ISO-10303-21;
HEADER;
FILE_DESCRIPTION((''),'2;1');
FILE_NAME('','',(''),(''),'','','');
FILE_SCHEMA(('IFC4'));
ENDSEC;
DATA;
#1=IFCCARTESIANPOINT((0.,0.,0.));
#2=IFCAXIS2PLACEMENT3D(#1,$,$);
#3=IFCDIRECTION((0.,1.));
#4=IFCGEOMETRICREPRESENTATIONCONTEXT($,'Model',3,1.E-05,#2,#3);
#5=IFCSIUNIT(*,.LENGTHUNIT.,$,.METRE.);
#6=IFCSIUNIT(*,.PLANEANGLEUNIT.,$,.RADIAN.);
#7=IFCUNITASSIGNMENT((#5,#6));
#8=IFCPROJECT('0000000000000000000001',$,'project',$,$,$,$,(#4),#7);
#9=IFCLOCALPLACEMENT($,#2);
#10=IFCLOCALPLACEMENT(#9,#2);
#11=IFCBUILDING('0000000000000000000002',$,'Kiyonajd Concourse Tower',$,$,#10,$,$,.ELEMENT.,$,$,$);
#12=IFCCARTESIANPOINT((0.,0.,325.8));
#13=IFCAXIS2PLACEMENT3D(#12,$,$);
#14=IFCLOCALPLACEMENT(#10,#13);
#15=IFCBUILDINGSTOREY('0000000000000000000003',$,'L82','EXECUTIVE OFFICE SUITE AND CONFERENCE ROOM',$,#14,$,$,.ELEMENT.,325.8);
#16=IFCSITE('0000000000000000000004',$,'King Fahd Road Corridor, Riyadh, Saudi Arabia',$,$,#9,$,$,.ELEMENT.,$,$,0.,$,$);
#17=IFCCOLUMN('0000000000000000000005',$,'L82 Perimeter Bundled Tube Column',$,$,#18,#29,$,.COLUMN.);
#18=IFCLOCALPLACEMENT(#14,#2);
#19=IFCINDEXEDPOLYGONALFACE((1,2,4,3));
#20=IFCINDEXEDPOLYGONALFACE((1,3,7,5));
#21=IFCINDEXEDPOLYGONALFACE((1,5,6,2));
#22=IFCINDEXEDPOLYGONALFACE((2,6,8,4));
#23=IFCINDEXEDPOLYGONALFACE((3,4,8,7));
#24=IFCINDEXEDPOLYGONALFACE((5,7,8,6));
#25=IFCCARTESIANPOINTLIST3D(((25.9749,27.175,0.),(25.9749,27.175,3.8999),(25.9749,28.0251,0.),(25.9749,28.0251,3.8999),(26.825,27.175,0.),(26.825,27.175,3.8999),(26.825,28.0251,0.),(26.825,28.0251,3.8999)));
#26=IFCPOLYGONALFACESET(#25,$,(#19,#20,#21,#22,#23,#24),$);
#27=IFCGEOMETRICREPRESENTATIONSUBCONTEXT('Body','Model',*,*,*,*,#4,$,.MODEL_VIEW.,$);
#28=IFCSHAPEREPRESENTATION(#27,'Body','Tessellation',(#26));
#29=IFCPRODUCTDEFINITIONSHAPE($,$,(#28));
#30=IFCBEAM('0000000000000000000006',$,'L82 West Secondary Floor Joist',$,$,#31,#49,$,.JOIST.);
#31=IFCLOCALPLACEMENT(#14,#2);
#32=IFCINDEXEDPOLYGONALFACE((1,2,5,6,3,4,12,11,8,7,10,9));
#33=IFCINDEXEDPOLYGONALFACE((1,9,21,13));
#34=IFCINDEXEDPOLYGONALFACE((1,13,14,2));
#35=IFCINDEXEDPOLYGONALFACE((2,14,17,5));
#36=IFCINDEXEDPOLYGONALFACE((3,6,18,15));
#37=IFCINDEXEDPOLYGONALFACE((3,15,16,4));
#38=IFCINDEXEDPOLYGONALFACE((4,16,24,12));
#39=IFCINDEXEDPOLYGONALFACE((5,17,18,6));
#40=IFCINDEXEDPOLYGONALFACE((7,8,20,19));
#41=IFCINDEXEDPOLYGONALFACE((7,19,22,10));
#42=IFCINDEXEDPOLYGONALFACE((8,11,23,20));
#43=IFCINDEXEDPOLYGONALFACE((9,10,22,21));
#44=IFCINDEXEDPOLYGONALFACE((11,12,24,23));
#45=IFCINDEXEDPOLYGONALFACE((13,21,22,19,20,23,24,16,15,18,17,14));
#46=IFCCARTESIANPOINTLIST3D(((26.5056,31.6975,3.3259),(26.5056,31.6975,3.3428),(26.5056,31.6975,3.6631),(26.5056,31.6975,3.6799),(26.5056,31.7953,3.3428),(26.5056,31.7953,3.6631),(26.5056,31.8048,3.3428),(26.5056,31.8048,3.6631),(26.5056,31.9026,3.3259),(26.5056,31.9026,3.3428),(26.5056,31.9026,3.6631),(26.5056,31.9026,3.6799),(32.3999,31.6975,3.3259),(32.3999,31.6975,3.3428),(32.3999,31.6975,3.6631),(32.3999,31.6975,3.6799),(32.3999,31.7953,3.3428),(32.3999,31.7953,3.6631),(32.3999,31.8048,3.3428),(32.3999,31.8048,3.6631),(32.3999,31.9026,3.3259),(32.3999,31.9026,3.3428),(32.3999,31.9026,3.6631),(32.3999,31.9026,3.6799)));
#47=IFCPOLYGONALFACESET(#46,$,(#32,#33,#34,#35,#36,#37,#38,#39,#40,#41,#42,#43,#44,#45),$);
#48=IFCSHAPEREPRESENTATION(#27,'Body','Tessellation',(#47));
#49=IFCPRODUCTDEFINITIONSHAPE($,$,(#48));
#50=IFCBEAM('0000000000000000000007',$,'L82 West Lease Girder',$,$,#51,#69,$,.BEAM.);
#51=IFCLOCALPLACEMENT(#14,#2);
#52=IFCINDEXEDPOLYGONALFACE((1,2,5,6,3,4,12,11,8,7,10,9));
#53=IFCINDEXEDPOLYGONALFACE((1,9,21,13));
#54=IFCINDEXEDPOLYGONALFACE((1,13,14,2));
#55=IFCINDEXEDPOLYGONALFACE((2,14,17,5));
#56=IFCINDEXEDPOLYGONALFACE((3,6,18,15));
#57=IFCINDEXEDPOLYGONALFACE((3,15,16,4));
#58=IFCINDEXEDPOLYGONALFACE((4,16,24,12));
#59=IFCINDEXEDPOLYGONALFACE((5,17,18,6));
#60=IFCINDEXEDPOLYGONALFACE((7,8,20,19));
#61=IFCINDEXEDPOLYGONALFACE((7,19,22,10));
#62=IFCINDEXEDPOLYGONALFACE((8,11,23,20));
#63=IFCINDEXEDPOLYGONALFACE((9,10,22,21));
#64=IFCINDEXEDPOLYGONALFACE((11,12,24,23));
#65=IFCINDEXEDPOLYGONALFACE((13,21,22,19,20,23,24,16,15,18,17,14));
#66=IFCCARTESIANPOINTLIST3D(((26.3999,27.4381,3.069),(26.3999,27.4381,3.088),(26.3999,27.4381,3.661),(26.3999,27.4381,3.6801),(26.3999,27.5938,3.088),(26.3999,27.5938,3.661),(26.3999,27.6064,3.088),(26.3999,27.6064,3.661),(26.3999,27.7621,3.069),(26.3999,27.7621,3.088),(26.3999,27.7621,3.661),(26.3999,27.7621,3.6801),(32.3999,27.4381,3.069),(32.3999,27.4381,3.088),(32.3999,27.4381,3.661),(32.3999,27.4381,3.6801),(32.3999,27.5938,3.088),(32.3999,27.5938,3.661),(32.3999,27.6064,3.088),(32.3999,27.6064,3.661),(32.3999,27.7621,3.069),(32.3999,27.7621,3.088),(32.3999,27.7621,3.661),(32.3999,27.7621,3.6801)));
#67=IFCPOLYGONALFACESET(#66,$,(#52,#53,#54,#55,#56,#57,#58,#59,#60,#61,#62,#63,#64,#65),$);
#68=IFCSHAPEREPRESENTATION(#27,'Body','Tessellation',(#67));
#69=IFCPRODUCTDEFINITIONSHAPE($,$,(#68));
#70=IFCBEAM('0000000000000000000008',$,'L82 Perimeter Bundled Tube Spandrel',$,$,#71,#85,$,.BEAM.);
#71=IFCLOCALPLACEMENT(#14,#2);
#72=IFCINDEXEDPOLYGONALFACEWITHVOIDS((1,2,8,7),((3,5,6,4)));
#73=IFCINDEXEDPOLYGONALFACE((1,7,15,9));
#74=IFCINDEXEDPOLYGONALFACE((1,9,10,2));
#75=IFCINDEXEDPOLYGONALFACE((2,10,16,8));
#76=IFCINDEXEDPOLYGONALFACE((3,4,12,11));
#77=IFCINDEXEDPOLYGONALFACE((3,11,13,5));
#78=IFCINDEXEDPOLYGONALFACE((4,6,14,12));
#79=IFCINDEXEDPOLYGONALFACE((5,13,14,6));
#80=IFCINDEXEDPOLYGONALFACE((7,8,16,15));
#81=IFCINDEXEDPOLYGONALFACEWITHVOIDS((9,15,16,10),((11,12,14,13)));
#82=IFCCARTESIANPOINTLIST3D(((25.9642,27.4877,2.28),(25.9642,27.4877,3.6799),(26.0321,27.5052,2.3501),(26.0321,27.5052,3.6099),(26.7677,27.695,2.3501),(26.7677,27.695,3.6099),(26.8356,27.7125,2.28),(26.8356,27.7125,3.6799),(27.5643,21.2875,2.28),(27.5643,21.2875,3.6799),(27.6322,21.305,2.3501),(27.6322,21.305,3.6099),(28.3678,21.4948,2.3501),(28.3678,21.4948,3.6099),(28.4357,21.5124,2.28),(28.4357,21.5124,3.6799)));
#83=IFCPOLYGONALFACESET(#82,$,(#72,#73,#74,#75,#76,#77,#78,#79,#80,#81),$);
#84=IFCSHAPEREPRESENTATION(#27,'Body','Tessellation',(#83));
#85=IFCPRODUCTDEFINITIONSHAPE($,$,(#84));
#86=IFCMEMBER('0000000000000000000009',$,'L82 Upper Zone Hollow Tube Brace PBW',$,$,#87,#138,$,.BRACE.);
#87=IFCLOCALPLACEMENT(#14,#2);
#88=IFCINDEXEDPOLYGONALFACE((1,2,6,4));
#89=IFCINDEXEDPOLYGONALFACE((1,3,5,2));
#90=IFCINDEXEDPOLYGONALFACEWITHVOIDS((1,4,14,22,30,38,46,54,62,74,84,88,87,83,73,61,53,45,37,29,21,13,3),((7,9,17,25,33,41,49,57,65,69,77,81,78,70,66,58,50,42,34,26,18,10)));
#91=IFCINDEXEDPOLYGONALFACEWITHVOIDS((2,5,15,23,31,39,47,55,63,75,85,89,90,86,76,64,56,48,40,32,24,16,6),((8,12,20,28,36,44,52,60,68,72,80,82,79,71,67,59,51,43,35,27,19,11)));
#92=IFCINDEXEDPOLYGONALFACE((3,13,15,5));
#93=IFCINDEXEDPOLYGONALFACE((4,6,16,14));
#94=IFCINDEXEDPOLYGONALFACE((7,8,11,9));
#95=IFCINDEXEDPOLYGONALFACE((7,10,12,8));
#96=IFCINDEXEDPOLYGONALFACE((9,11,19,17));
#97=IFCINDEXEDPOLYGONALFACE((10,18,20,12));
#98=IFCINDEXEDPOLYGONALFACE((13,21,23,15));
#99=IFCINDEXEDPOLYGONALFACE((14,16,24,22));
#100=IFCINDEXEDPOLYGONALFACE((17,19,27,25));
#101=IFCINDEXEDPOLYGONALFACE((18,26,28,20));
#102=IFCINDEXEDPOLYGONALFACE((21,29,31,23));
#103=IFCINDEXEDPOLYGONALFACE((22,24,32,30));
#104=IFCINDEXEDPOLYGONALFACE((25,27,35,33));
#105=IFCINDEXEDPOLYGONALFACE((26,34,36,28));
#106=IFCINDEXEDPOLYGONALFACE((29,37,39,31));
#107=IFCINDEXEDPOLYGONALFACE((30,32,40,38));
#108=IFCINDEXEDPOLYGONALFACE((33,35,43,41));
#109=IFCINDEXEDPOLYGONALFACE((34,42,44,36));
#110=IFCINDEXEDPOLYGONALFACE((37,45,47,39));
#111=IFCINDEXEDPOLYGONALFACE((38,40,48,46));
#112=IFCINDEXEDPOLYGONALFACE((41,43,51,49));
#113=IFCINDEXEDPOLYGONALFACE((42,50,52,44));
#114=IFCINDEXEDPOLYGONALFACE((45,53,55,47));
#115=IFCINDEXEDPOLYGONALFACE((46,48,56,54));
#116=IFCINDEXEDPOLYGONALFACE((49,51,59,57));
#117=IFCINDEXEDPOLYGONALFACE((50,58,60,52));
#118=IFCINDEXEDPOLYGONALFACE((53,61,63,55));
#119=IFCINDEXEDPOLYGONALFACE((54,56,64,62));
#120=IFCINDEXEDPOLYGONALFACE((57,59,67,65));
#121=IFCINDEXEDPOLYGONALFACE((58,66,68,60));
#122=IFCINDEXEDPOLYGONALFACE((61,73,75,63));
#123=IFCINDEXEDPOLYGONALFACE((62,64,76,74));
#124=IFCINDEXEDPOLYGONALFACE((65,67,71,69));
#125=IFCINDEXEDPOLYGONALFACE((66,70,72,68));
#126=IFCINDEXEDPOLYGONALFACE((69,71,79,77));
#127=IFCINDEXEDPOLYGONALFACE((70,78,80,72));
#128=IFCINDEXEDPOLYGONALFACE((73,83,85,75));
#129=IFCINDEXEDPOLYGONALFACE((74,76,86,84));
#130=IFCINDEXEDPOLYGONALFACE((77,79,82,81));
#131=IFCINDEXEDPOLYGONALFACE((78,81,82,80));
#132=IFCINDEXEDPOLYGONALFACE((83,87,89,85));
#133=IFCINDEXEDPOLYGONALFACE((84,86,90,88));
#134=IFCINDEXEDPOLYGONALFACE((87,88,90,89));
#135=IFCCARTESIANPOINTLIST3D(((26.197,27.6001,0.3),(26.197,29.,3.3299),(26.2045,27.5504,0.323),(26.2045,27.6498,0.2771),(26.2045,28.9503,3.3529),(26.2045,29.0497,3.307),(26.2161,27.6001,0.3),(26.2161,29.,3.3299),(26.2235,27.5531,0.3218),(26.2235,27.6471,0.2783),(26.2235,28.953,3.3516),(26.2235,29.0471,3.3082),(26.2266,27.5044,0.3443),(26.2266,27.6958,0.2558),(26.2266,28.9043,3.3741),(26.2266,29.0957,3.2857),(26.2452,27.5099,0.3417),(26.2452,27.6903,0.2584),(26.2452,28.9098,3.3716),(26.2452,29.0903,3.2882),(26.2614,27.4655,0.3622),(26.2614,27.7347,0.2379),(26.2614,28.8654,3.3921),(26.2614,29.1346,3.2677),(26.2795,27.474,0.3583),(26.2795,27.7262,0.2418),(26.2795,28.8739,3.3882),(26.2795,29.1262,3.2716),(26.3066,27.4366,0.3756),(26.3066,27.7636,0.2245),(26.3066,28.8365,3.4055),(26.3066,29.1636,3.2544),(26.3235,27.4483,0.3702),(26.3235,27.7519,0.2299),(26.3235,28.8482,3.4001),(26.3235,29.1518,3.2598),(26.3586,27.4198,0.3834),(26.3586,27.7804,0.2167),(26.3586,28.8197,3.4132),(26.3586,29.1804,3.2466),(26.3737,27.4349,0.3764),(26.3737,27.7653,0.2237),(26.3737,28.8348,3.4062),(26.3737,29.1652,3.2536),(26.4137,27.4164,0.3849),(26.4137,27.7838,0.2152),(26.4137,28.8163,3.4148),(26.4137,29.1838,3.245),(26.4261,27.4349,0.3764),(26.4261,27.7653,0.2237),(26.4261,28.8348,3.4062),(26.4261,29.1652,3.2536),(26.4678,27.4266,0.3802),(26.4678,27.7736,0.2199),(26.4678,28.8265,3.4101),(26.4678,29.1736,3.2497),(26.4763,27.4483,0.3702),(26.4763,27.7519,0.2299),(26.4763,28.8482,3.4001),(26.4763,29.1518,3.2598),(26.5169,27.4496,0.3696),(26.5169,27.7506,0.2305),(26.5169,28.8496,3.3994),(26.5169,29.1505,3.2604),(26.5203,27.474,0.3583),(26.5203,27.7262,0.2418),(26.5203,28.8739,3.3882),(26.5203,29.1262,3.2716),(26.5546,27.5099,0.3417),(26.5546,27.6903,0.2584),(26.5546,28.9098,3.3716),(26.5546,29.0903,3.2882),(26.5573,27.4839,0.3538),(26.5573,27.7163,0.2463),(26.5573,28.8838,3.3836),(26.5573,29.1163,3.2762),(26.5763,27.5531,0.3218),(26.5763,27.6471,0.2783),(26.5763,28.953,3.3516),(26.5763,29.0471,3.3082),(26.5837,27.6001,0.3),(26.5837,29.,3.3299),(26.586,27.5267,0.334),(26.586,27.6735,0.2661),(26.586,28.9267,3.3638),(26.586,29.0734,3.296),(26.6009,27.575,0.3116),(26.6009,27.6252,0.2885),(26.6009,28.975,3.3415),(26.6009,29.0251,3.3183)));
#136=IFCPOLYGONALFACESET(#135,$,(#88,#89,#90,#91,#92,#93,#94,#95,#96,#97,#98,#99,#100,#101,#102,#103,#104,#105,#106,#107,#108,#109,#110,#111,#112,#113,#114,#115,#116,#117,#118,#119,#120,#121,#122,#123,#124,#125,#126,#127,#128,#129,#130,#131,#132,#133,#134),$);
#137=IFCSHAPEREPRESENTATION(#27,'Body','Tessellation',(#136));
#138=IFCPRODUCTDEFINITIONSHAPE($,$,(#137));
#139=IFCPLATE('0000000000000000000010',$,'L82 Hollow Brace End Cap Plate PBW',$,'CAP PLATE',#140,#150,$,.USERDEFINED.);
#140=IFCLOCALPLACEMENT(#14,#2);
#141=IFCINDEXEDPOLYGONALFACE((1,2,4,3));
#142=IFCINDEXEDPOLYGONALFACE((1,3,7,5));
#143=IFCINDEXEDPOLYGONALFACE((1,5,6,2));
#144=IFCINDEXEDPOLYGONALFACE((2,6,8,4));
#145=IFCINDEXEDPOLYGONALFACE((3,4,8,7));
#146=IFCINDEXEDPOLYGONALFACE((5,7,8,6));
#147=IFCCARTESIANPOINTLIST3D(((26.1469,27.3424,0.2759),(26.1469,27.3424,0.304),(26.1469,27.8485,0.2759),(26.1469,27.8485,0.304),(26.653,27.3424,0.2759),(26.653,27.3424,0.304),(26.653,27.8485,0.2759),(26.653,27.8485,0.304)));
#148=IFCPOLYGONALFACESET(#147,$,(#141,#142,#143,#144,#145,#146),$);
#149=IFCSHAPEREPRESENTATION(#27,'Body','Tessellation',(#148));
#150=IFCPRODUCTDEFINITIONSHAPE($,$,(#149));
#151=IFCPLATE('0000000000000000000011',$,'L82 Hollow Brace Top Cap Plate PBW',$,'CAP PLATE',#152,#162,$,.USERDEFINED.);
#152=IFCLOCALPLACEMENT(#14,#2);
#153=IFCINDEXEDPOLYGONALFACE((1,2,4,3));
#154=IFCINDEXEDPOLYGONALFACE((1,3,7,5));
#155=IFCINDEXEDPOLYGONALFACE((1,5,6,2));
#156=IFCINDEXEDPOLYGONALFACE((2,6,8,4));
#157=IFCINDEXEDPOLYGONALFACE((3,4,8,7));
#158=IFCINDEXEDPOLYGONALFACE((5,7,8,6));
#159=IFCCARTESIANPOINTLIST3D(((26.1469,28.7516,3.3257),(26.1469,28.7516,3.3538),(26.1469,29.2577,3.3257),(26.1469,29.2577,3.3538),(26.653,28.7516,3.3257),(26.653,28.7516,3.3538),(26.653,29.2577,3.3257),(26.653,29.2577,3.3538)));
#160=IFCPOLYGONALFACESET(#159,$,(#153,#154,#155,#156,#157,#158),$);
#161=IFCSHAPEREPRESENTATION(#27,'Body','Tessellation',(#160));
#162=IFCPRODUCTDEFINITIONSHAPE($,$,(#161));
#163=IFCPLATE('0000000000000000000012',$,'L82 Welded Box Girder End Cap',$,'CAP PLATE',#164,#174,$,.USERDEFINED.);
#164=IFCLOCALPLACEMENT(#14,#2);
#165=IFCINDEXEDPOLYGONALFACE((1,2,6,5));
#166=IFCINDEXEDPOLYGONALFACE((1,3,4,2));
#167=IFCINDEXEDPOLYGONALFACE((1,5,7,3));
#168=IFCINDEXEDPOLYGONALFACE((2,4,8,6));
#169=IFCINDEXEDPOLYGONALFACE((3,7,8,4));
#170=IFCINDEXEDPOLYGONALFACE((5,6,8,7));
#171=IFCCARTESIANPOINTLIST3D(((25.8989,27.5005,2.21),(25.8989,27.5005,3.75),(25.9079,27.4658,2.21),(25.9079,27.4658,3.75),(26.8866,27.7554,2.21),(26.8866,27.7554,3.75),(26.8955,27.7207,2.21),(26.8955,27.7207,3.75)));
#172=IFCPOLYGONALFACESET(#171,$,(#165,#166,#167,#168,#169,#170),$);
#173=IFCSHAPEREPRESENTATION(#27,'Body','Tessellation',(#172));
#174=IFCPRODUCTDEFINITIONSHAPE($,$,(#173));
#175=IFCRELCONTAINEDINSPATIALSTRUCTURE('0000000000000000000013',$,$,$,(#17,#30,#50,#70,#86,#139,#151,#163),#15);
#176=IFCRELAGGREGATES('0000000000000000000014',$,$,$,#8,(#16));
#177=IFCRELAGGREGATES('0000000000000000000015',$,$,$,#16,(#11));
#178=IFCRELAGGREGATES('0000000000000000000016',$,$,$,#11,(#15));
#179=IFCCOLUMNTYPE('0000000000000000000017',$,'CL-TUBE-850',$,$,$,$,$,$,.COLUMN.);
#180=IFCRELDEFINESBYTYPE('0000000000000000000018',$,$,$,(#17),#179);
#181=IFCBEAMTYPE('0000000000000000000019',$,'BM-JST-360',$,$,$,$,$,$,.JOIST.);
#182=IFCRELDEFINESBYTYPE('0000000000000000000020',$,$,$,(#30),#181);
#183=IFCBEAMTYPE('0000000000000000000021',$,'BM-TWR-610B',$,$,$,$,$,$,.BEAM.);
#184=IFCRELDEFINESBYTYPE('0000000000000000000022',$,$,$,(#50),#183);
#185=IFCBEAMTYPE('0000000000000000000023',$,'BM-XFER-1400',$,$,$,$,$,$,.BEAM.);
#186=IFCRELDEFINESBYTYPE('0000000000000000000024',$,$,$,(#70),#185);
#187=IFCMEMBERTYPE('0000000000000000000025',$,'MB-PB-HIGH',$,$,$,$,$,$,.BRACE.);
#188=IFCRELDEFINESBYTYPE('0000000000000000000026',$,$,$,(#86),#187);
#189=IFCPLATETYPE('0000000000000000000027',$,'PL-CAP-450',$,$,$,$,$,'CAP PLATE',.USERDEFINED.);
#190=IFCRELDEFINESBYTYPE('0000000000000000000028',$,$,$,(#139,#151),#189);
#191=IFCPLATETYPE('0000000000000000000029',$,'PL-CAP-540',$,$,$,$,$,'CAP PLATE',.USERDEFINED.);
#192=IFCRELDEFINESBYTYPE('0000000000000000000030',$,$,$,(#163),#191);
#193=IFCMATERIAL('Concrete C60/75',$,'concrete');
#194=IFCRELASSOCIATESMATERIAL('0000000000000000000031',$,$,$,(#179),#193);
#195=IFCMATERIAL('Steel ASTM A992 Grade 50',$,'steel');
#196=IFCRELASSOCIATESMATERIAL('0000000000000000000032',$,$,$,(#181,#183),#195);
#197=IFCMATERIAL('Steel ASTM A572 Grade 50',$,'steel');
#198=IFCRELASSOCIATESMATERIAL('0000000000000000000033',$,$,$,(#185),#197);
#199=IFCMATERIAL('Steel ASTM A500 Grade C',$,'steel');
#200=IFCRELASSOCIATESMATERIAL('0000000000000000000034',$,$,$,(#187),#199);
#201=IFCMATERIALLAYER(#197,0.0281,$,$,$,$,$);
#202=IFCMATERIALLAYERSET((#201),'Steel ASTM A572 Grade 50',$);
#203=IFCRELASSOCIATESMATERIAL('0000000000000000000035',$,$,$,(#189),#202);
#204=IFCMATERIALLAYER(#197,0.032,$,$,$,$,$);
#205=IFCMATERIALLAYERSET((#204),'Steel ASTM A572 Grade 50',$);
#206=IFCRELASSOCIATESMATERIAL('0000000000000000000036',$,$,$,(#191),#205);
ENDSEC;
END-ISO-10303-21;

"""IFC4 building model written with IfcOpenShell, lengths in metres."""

from ifc_helpers import new_model, si_unit, direction, frame, origin, origin_2d, place, context, subcontext, project, spatial, rectangle, hollow_rectangle, hollow_circle, i_section, extrude, material, layer, layer_set, material_profile, profile_set, type_object, element, save


model = new_model("IFC4")

# Units and contexts
model_context = context("Model", 3, precision=1e-05, world=origin(), true_north=direction((0.0, 1.0)))
body_context = subcontext(model_context, "Body", "Model", "MODEL_VIEW")
ifc_project = project(units=[si_unit("LENGTHUNIT", "METRE"), si_unit("PLANEANGLEUNIT", "RADIAN")], contexts=[model_context])

# Site, building, storey
site_placement = place(None, origin())
site = spatial("IfcSite", under=ifc_project, at=site_placement, Name="King Fahd Road Corridor, Riyadh, Saudi Arabia", CompositionType="ELEMENT", RefElevation=0.0)
building_placement = place(site_placement, origin())
building = spatial("IfcBuilding", under=site, at=building_placement, Name="Kiyonajd Concourse Tower", CompositionType="ELEMENT")
storey_placement = place(building_placement, frame((0.0, 0.0, 325.8)))
storey = spatial("IfcBuildingStorey", under=building, at=storey_placement, Name="L82", Description="EXECUTIVE OFFICE SUITE AND CONFERENCE ROOM", CompositionType="ELEMENT", Elevation=325.8)

# Column
ifc_material_1 = material(Name="Concrete C60/75", Category="concrete")
ifc_material_profile_1 = material_profile(ifc_material_1, rectangle(XDim=0.8501, YDim=0.8501, at=origin_2d()), Name="RC-850x850")
ifc_profile_set_1 = profile_set([ifc_material_profile_1], Name="Concrete C60/75")
column_type = type_object("IfcColumnType", Name="CL-TUBE-850", PredefinedType="COLUMN", material=ifc_profile_set_1)
column_placement = place(storey_placement, frame((26.3999, 27.6001, 0.0), z_axis=(0.0, 0.0, 1.0), x_axis=(1.0, 0.0, 0.0)))
element("IfcColumn", 1, at=column_placement, inside=storey, type_object=column_type, Name="L82 Perimeter Bundled Tube Column", PredefinedType="COLUMN", context=body_context, shape_type="SweptSolid", body=[
    extrude(rectangle(XDim=0.8501, YDim=0.8501, at=origin_2d()), origin(), (0.0, 0.0, 1.0), 3.8999),
])

# Beams
ifc_material_2 = material(Name="Steel ASTM A992 Grade 50", Category="steel")
ifc_material_profile_2 = material_profile(ifc_material_2, i_section(OverallWidth=0.2051, OverallDepth=0.354, WebThickness=0.0095, FlangeThickness=0.0168, at=origin_2d()), Name="W360X79")
ifc_profile_set_2 = profile_set([ifc_material_profile_2], Name="Steel ASTM A992 Grade 50")
beam_type_1 = type_object("IfcBeamType", Name="BM-JST-360", PredefinedType="JOIST", material=ifc_profile_set_2)
beam_1_placement = place(storey_placement, frame((26.5056, 31.8, 3.5029), z_axis=(1.0, 0.0, 0.0), x_axis=(0.0, 1.0, 0.0)))
element("IfcBeam", 2, at=beam_1_placement, inside=storey, type_object=beam_type_1, Name="L82 West Secondary Floor Joist", PredefinedType="JOIST", context=body_context, shape_type="SweptSolid", body=[
    extrude(i_section(OverallWidth=0.2051, OverallDepth=0.354, WebThickness=0.0095, FlangeThickness=0.0168, at=origin_2d()), origin(), (0.0, 0.0, 1.0), 5.8943),
])
ifc_material_profile_3 = material_profile(ifc_material_2, i_section(OverallWidth=0.324, OverallDepth=0.6111, WebThickness=0.0127, FlangeThickness=0.019, at=origin_2d()), Name="W610X155")
ifc_profile_set_3 = profile_set([ifc_material_profile_3], Name="Steel ASTM A992 Grade 50")
beam_type_2 = type_object("IfcBeamType", Name="BM-TWR-610B", PredefinedType="BEAM", material=ifc_profile_set_3)
beam_2_placement = place(storey_placement, frame((26.3999, 27.6001, 3.3745), z_axis=(1.0, 0.0, 0.0), x_axis=(0.0, 1.0, 0.0)))
element("IfcBeam", 3, at=beam_2_placement, inside=storey, type_object=beam_type_2, Name="L82 West Lease Girder", PredefinedType="BEAM", context=body_context, shape_type="SweptSolid", body=[
    extrude(i_section(OverallWidth=0.324, OverallDepth=0.6111, WebThickness=0.0127, FlangeThickness=0.019, at=origin_2d()), origin(), (0.0, 0.0, 1.0), 6.0),
])
ifc_material_3 = material(Name="Steel ASTM A572 Grade 50", Category="steel")
ifc_material_profile_4 = material_profile(ifc_material_3, hollow_rectangle(XDim=0.8999, YDim=1.3999, WallThickness=0.0701, at=origin_2d()), Name="BOX-1400x900x70")
ifc_profile_set_4 = profile_set([ifc_material_profile_4], Name="Steel ASTM A572 Grade 50")
beam_type_3 = type_object("IfcBeamType", Name="BM-XFER-1400", PredefinedType="BEAM", material=ifc_profile_set_4)
beam_3_placement = place(storey_placement, frame((26.3999, 27.6001, 2.98), z_axis=(0.249885, -0.968276, 0.0), x_axis=(0.968276, 0.249885, 0.0)))
element("IfcBeam", 4, at=beam_3_placement, inside=storey, type_object=beam_type_3, Name="L82 Perimeter Bundled Tube Spandrel", PredefinedType="BEAM", context=body_context, shape_type="SweptSolid", body=[
    extrude(hollow_rectangle(XDim=0.8999, YDim=1.3999, WallThickness=0.0701, at=origin_2d()), origin(), (0.0, 0.0, 1.0), 6.4033),
])

# Member
ifc_material_4 = material(Name="Steel ASTM A500 Grade C", Category="steel")
ifc_material_profile_5 = material_profile(ifc_material_4, hollow_circle(Radius=0.2029, WallThickness=0.019, at=origin_2d()), Name="CHS-406x19")
ifc_profile_set_5 = profile_set([ifc_material_profile_5], Name="Steel ASTM A500 Grade C")
member_type = type_object("IfcMemberType", Name="MB-PB-HIGH", PredefinedType="BRACE", material=ifc_profile_set_5)
member_placement = place(storey_placement, frame((26.3999, 27.6001, 0.3), z_axis=(0.0, 0.419439, 0.907784), x_axis=(-1.0, 0.0, 0.0)))
element("IfcMember", 5, at=member_placement, inside=storey, type_object=member_type, Name="L82 Upper Zone Hollow Tube Brace PBW", PredefinedType="BRACE", context=body_context, shape_type="SweptSolid", body=[
    extrude(hollow_circle(Radius=0.2029, WallThickness=0.019, at=origin_2d()), origin(), (0.0, 0.0, 1.0), 3.3376),
])

# Plates
ifc_layer_1 = layer(ifc_material_3, 0.0281)
ifc_layer_set_1 = layer_set([ifc_layer_1], Name="Steel ASTM A572 Grade 50")
plate_type_1 = type_object("IfcPlateType", Name="PL-CAP-450", ElementType="CAP PLATE", PredefinedType="USERDEFINED", material=ifc_layer_set_1)
for number, where, z_axis, x_axis, name in (
    (6, (26.3999, 27.5955, 0.2759), (0.0, 0.0, 1.0), (1.0, 0.0, 0.0), "L82 Hollow Brace End Cap Plate PBW"),
    (7, (26.3999, 29.0046, 3.3257), (0.0, 0.0, 1.0), (1.0, 0.0, 0.0), "L82 Hollow Brace Top Cap Plate PBW"),
):
    element("IfcPlate", number, at=place(storey_placement, frame(where, z_axis=z_axis, x_axis=x_axis)), inside=storey, type_object=plate_type_1, Name=name, ObjectType="CAP PLATE", PredefinedType="USERDEFINED", context=body_context, shape_type="SweptSolid", body=[
        extrude(rectangle(XDim=0.5061, YDim=0.5061, at=origin_2d()), origin(), (0.0, 0.0, 1.0), 0.0281),
    ])
ifc_layer_2 = layer(ifc_material_3, 0.032)
ifc_layer_set_2 = layer_set([ifc_layer_2], Name="Steel ASTM A572 Grade 50")
plate_type_2 = type_object("IfcPlateType", Name="PL-CAP-540", ElementType="CAP PLATE", PredefinedType="USERDEFINED", material=ifc_layer_set_2)
plate_placement = place(storey_placement, frame((26.3972, 27.6106, 2.21), z_axis=(0.0, 0.0, 1.0), x_axis=(-0.249873, 0.968279, 0.0)))
element("IfcPlate", 8, at=plate_placement, inside=storey, type_object=plate_type_2, Name="L82 Welded Box Girder End Cap", ObjectType="CAP PLATE", PredefinedType="USERDEFINED", context=body_context, shape_type="SweptSolid", body=[
    extrude(rectangle(XDim=0.0359, YDim=1.02, at=origin_2d()), origin(), (0.0, 0.0, 1.0), 1.54),
])

save(model, "model.ifc")
